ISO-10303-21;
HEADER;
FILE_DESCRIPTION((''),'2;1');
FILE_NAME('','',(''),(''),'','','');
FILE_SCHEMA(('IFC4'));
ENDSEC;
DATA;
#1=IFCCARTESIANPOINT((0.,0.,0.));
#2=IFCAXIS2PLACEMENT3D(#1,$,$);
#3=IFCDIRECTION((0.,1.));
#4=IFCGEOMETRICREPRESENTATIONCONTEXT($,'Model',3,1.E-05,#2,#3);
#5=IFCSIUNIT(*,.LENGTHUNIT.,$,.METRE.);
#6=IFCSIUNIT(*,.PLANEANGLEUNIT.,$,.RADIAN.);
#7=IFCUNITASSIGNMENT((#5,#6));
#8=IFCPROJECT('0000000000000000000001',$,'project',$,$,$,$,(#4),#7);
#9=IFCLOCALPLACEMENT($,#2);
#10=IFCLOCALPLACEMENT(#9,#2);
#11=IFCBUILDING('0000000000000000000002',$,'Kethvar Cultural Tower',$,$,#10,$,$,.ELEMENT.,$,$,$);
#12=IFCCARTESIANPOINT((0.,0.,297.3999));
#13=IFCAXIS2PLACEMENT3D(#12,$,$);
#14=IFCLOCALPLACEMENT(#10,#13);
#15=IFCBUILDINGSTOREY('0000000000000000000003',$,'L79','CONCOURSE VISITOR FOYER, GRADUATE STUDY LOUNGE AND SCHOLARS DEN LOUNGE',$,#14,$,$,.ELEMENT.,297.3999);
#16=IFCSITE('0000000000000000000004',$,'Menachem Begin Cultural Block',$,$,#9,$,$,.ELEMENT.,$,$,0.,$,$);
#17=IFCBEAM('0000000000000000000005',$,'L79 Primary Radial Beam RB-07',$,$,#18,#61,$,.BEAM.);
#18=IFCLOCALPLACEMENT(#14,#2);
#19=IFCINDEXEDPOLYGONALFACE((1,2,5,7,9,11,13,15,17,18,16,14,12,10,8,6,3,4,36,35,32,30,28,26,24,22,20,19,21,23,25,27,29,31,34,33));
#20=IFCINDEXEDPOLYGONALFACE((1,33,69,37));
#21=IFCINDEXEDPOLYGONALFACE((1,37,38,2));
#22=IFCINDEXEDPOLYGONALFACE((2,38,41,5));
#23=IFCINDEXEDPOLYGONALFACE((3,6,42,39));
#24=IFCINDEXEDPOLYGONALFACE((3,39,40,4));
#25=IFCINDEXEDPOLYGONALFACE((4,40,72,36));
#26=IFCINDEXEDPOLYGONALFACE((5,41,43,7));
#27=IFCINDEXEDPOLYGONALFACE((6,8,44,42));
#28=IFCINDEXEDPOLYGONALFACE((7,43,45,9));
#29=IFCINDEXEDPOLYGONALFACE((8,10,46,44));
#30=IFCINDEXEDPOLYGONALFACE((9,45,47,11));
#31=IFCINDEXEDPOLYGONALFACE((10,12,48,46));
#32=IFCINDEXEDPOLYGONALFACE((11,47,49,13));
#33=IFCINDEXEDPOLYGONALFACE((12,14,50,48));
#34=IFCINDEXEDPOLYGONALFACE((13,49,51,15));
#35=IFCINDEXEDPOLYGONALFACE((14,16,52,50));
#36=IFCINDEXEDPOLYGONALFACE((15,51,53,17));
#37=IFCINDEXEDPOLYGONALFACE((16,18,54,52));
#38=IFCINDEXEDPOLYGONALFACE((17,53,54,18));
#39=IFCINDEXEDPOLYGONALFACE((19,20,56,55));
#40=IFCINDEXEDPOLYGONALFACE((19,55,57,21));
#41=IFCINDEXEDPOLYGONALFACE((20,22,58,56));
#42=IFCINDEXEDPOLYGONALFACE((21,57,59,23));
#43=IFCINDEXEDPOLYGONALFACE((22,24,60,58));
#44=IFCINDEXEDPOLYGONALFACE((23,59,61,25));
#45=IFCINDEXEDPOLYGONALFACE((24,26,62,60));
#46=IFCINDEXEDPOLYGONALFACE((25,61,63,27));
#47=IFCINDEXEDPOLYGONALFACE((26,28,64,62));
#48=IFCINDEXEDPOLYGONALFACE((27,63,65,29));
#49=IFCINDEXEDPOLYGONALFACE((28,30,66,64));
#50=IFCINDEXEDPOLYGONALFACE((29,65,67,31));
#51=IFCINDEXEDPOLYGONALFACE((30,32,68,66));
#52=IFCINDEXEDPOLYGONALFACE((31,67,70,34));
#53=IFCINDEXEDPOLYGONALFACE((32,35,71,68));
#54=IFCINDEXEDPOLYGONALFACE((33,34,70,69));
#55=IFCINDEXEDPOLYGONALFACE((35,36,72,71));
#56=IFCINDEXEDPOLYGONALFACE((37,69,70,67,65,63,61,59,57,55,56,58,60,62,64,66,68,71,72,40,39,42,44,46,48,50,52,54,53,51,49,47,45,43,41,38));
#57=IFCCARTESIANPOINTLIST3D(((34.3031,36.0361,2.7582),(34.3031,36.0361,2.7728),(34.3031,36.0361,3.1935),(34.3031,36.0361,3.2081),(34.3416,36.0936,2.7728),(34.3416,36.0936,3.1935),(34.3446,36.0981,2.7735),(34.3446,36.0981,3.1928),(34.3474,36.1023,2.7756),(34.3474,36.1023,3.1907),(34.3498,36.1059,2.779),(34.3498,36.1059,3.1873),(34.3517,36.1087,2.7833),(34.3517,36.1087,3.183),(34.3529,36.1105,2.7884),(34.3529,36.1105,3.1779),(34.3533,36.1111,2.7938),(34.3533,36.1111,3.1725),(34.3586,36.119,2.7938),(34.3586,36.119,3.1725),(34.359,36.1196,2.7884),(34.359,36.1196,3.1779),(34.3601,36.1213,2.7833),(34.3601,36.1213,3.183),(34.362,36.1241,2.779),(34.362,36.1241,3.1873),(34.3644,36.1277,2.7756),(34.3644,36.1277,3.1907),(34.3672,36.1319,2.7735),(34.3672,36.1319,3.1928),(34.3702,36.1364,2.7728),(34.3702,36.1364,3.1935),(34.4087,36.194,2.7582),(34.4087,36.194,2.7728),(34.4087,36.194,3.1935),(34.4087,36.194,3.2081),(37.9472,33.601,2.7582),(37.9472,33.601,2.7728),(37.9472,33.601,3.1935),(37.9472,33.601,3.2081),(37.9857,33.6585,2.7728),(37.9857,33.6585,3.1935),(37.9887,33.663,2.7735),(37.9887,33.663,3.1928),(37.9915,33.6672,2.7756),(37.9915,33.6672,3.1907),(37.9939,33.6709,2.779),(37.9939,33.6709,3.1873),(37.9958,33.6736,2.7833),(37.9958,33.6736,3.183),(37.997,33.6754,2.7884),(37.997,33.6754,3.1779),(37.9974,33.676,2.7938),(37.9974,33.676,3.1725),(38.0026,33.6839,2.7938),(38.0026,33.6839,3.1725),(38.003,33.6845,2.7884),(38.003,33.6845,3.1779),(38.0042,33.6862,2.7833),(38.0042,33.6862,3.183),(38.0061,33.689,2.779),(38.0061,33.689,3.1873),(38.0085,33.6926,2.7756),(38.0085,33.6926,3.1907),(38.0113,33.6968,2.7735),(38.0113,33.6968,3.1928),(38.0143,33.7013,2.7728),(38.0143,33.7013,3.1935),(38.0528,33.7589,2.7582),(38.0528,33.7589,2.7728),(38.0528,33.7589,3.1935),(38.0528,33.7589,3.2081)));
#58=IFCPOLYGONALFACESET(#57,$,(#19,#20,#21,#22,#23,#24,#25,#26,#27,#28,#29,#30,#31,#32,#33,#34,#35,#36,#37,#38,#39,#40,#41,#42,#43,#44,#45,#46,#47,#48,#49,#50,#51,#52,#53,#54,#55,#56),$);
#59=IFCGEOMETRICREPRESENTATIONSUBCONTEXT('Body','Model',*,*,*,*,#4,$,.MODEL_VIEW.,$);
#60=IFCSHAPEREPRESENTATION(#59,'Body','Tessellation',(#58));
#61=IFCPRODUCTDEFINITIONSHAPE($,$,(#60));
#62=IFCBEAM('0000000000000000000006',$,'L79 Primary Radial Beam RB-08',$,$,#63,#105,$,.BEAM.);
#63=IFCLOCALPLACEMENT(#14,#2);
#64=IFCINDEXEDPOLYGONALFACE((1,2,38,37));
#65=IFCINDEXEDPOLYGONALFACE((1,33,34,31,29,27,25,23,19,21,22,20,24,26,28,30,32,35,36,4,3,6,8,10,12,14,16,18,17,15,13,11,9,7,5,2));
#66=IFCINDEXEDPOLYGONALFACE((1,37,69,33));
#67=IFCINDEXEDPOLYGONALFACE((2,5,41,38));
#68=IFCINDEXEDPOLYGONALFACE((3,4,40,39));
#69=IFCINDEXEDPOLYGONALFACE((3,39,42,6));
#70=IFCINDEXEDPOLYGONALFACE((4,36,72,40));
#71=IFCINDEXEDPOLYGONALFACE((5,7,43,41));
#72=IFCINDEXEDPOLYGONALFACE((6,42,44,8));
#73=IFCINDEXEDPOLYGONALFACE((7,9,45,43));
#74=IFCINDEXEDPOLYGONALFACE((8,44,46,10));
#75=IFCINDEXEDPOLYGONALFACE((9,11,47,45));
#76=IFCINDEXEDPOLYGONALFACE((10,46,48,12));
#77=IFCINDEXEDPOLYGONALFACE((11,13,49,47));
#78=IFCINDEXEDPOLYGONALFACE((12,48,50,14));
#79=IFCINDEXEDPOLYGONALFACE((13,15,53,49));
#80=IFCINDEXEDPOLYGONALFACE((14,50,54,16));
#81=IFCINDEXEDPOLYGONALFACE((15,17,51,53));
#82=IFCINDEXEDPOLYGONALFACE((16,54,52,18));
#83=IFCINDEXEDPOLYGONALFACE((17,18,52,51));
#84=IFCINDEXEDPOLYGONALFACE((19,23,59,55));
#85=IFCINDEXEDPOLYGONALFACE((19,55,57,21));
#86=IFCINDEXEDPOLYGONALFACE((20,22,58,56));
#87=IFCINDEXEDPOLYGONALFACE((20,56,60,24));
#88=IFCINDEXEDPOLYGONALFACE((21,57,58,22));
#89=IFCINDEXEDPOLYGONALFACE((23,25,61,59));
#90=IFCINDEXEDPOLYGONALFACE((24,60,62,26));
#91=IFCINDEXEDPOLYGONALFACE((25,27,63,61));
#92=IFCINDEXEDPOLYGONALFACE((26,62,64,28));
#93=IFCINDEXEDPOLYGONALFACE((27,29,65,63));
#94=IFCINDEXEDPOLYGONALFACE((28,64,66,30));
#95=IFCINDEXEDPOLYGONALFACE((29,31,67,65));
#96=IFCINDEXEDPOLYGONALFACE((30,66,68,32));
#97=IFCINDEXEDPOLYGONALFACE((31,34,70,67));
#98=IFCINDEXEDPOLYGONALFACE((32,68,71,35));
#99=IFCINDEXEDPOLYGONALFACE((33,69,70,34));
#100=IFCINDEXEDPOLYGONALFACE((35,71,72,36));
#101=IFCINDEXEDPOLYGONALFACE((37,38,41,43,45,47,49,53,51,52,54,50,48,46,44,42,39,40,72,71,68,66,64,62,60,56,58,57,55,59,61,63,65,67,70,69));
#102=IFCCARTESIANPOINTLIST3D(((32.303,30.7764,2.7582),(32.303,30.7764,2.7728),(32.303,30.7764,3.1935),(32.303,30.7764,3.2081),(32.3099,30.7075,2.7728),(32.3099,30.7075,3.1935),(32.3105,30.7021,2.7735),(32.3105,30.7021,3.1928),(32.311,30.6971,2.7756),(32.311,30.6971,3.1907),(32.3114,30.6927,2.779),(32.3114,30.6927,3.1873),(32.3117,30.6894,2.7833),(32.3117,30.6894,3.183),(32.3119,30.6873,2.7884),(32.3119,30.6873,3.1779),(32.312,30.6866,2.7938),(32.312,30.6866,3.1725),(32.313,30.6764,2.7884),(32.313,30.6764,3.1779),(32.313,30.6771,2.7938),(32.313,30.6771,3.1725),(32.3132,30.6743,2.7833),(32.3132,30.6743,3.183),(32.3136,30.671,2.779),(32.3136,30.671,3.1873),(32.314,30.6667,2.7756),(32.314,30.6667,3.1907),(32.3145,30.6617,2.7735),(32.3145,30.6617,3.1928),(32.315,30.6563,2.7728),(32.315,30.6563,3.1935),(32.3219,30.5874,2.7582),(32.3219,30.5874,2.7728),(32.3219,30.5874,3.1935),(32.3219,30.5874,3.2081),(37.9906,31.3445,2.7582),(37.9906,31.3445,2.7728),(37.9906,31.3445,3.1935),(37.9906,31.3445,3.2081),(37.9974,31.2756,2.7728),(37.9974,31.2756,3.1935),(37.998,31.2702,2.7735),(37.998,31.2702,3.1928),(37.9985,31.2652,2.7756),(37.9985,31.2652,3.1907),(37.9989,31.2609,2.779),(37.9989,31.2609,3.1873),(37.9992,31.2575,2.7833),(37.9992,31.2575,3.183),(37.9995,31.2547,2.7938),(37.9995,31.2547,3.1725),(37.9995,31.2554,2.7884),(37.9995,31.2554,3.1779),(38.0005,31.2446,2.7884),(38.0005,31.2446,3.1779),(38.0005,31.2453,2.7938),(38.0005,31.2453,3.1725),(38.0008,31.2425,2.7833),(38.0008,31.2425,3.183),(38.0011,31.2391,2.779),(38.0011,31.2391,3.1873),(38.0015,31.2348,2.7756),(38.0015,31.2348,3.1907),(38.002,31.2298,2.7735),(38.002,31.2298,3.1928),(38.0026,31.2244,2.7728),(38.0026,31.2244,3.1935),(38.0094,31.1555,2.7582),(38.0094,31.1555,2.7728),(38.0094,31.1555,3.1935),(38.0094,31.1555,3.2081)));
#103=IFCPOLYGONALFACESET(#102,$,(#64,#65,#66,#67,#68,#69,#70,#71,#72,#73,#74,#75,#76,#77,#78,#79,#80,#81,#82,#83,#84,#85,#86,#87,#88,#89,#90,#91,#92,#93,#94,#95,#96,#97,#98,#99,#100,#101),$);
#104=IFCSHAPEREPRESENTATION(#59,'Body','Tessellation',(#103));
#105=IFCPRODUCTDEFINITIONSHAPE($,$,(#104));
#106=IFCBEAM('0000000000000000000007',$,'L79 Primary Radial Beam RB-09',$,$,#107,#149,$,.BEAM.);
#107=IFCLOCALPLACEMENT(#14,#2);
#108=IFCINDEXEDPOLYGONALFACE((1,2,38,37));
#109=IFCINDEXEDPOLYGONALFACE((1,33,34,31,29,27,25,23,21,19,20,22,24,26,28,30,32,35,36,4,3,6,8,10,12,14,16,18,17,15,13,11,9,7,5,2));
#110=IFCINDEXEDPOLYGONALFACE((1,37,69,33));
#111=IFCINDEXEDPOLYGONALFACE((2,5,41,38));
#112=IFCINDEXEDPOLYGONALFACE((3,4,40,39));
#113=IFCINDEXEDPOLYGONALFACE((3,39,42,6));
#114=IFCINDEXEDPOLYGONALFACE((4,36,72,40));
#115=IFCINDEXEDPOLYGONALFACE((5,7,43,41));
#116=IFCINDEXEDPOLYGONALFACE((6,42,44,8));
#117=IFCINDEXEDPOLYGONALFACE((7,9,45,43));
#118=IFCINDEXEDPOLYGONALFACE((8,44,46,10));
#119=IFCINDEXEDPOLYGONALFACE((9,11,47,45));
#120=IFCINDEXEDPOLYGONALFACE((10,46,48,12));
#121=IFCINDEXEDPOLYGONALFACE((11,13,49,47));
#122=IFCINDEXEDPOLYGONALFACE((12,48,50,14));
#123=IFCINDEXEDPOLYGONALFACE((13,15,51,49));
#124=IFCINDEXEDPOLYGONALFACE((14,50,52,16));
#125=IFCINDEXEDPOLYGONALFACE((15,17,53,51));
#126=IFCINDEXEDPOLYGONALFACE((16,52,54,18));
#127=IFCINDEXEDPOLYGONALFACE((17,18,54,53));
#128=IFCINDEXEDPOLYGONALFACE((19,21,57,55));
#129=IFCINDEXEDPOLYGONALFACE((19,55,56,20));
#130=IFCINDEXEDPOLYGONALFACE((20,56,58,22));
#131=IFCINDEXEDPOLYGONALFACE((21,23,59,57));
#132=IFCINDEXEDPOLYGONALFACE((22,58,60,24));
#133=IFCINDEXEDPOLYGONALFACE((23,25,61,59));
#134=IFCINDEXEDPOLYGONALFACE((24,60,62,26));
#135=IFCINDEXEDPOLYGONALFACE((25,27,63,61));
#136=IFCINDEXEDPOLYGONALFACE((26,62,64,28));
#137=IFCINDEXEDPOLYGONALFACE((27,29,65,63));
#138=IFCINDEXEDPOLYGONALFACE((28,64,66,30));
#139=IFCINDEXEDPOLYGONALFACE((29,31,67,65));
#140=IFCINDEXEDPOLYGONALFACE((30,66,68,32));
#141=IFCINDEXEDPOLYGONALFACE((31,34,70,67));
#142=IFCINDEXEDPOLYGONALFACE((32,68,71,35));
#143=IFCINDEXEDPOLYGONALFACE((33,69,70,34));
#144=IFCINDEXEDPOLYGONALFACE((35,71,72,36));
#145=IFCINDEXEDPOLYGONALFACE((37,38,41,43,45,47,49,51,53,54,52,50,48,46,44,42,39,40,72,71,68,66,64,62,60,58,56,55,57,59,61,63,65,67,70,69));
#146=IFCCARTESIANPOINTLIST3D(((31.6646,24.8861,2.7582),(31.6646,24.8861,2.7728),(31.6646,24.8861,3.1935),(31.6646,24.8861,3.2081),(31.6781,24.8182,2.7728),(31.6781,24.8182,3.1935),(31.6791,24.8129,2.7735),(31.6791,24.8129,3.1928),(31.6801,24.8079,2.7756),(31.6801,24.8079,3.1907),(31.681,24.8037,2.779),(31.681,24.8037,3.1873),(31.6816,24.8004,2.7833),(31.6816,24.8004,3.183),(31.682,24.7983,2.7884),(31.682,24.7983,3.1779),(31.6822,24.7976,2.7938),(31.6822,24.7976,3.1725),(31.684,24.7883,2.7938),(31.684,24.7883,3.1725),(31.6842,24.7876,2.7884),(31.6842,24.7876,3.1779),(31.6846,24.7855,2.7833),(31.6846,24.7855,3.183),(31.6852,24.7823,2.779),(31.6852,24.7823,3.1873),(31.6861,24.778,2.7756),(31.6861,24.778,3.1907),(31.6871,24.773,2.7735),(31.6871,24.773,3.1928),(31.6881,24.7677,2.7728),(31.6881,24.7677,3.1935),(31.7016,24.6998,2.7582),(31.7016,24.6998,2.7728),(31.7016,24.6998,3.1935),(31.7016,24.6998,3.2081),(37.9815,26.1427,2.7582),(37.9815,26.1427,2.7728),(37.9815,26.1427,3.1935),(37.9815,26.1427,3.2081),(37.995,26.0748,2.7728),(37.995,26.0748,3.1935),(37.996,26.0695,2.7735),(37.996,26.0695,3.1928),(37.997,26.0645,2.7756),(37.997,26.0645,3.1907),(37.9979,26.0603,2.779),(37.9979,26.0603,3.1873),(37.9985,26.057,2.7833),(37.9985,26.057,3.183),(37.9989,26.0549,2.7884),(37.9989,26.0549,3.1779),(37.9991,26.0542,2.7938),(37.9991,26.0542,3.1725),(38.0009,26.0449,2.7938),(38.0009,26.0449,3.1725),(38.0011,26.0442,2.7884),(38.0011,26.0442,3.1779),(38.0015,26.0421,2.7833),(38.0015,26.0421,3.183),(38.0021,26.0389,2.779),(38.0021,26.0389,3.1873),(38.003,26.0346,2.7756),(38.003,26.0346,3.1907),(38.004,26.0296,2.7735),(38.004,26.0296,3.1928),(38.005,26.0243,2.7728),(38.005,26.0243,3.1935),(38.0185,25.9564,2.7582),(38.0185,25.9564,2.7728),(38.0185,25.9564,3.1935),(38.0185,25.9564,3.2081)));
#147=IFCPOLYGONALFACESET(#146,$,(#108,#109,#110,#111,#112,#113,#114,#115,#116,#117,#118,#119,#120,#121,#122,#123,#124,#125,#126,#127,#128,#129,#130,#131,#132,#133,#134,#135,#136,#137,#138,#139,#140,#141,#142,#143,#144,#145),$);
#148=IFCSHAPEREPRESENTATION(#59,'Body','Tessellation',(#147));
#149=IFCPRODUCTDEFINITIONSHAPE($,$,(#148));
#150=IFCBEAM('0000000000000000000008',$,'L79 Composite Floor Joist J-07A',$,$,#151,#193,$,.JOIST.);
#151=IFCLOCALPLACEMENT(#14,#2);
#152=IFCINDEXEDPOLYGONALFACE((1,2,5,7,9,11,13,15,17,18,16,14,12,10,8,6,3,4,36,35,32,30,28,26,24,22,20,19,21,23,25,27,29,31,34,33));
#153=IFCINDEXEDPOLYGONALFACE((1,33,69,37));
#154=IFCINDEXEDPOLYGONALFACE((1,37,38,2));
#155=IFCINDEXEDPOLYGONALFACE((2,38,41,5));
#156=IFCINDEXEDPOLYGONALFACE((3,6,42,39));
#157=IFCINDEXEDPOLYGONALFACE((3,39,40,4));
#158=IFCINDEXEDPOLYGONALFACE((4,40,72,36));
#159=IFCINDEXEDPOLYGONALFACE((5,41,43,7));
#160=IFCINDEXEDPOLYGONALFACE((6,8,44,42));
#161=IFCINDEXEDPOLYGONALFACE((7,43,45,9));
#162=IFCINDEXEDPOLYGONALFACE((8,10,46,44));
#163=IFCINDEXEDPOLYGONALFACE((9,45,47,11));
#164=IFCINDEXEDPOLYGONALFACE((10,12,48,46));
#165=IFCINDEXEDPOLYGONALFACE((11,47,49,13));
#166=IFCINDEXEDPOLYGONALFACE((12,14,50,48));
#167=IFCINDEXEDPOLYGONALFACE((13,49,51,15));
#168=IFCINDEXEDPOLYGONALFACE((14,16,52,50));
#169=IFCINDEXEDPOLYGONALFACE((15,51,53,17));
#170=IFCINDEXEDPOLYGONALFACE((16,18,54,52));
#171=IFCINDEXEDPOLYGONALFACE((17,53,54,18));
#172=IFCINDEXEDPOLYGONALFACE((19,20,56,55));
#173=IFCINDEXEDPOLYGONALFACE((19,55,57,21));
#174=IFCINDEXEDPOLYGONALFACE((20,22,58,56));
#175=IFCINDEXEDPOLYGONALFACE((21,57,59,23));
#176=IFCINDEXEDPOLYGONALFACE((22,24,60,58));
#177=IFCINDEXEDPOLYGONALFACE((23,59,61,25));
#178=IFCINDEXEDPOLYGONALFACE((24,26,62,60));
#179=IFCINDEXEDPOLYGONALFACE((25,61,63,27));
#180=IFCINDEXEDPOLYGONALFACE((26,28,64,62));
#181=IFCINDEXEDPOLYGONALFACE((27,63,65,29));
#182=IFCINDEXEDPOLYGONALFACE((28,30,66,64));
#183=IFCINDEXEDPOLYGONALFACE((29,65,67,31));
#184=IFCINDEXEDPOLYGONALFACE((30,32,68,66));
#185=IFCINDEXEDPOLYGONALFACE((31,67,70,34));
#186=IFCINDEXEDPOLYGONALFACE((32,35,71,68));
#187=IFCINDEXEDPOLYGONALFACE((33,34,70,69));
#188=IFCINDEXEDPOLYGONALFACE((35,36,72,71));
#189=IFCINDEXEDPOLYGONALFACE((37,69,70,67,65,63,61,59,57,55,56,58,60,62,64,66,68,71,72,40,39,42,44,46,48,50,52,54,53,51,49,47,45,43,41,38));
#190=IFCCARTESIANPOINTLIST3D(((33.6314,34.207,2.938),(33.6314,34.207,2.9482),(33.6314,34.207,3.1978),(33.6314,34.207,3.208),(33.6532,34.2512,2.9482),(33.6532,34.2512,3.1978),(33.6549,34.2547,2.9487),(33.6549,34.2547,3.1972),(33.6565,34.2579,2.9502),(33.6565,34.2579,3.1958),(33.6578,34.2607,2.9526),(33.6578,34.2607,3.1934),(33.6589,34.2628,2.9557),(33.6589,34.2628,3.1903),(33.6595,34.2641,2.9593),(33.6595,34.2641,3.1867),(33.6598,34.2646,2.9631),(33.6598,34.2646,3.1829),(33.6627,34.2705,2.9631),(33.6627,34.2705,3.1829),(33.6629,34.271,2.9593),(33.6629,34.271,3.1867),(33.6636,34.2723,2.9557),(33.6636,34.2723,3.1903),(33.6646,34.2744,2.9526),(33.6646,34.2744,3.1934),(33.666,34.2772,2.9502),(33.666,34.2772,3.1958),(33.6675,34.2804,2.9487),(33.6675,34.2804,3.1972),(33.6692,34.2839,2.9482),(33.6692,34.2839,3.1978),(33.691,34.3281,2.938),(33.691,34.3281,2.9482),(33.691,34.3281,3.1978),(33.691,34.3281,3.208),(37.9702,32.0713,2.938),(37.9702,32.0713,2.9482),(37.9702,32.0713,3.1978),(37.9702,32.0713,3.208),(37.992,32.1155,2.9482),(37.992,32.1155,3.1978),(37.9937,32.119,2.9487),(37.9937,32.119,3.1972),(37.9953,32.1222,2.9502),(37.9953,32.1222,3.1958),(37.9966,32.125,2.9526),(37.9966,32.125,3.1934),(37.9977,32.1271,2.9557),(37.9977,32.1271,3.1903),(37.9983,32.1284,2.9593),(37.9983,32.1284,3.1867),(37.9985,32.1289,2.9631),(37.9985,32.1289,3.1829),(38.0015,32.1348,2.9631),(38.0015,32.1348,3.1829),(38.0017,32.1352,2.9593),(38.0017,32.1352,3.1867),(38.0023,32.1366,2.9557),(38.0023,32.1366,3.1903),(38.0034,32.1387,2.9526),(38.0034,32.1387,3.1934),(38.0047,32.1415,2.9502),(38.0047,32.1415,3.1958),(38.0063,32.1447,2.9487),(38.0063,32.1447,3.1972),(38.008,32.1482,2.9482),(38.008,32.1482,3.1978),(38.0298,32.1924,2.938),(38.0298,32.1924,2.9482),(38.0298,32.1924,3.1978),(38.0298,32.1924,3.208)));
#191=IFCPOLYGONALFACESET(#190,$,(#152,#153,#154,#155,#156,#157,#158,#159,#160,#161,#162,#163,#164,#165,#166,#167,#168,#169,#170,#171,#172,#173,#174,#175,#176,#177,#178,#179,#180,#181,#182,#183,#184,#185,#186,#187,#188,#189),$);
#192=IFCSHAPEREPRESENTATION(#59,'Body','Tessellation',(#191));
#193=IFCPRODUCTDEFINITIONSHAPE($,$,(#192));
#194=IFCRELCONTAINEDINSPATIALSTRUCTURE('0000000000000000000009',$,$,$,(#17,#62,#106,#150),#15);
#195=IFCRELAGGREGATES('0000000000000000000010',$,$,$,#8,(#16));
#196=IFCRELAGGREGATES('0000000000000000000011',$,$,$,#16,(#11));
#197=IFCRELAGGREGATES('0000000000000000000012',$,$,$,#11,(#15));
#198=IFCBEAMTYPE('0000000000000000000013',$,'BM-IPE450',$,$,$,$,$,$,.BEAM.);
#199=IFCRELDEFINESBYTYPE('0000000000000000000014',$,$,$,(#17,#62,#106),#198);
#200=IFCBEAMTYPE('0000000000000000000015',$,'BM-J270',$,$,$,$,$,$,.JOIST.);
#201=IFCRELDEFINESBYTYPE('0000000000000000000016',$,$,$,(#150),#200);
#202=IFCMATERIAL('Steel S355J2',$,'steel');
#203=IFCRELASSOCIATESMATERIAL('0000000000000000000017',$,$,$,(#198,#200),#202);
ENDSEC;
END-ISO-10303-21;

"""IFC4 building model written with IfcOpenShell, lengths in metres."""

from ifc_helpers import new_model, si_unit, direction, frame, origin, origin_2d, place, context, subcontext, project, spatial, i_section, extrude, source, transform, mapped, material, material_profile, profile_set, type_object, element, save


model = new_model("IFC4")

# Units and contexts
model_context = context("Model", 3, precision=1e-05, world=origin(), true_north=direction((0.0, 1.0)))
body_context = subcontext(model_context, "Body", "Model", "MODEL_VIEW")
ifc_project = project(units=[si_unit("LENGTHUNIT", "METRE"), si_unit("PLANEANGLEUNIT", "RADIAN")], contexts=[model_context])

# Site, building, storey
site_placement = place(None, origin())
site = spatial("IfcSite", under=ifc_project, at=site_placement, Name="Menachem Begin Cultural Block", CompositionType="ELEMENT", RefElevation=0.0)
building_placement = place(site_placement, origin())
building = spatial("IfcBuilding", under=site, at=building_placement, Name="Kethvar Cultural Tower", CompositionType="ELEMENT")
storey_placement = place(building_placement, frame((0.0, 0.0, 297.3999)))
storey = spatial("IfcBuildingStorey", under=building, at=storey_placement, Name="L79", Description="CONCOURSE VISITOR FOYER, GRADUATE STUDY LOUNGE AND SCHOLARS DEN LOUNGE", CompositionType="ELEMENT", Elevation=297.3999)

# Beams
ifc_material_1 = material(Name="Steel S355J2", Category="steel")
ifc_material_profile_1 = material_profile(ifc_material_1, i_section(OverallWidth=0.1899, OverallDepth=0.45, WebThickness=0.0095, FlangeThickness=0.0146, FilletRadius=0.021, at=origin_2d()), Name="Steel S355J2 — IPE450")
ifc_profile_set_1 = profile_set([ifc_material_profile_1], Name="Steel S355J2 — IPE450")
beam_type_1 = type_object("IfcBeamType", Name="BM-IPE450", PredefinedType="BEAM", material=ifc_profile_set_1)
shared_shape_1 = source(origin(), body_context, "Body", "SweptSolid", [
    extrude(i_section(OverallWidth=0.1899, OverallDepth=0.45, WebThickness=0.0095, FlangeThickness=0.0146, FilletRadius=0.021, at=origin_2d()), origin(), (0.0, 0.0, 1.0), 4.3828),
])
beam_1_placement = place(storey_placement, frame((38.0, 33.6799, 2.9832), z_axis=(-0.83145, 0.5556, 0.0), x_axis=(-0.5556, -0.83145, 0.0)))
element("IfcBeam", 1, at=beam_1_placement, inside=storey, type_object=beam_type_1, Name="L79 Primary Radial Beam RB-07", PredefinedType="BEAM", context=body_context, shape_type="MappedRepresentation", body=[
    mapped(shared_shape_1, transform((0.0, 0.0, 0.0), scale=1.0)),
])
shared_shape_2 = source(origin(), body_context, "Body", "SweptSolid", [
    extrude(i_section(OverallWidth=0.1899, OverallDepth=0.45, WebThickness=0.0095, FlangeThickness=0.0146, FilletRadius=0.021, at=origin_2d()), origin(), (0.0, 0.0, 1.0), 5.7158),
])
beam_2_placement = place(storey_placement, frame((38.0, 31.25, 2.9832), z_axis=(-0.995048, -0.099394, 0.0), x_axis=(0.099394, -0.995048, 0.0)))
element("IfcBeam", 2, at=beam_2_placement, inside=storey, type_object=beam_type_1, Name="L79 Primary Radial Beam RB-08", PredefinedType="BEAM", context=body_context, shape_type="MappedRepresentation", body=[
    mapped(shared_shape_2, transform((0.0, 0.0, 0.0), scale=1.0)),
])
shared_shape_3 = source(origin(), body_context, "Body", "SweptSolid", [
    extrude(i_section(OverallWidth=0.1899, OverallDepth=0.45, WebThickness=0.0095, FlangeThickness=0.0146, FilletRadius=0.021, at=origin_2d()), origin(), (0.0, 0.0, 1.0), 6.4407),
])
beam_3_placement = place(storey_placement, frame((38.0, 26.0496, 2.9832), z_axis=(-0.980783, -0.195103, 0.0), x_axis=(0.195103, -0.980783, 0.0)))
element("IfcBeam", 3, at=beam_3_placement, inside=storey, type_object=beam_type_1, Name="L79 Primary Radial Beam RB-09", PredefinedType="BEAM", context=body_context, shape_type="MappedRepresentation", body=[
    mapped(shared_shape_3, transform((0.0, 0.0, 0.0), scale=1.0)),
])
ifc_material_profile_2 = material_profile(ifc_material_1, i_section(OverallWidth=0.135, OverallDepth=0.27, WebThickness=0.0066, FlangeThickness=0.0103, FilletRadius=0.0149, at=origin_2d()), Name="Steel S355J2 — IPE270")
ifc_profile_set_2 = profile_set([ifc_material_profile_2], Name="Steel S355J2 — IPE270")
beam_type_2 = type_object("IfcBeamType", Name="BM-J270", PredefinedType="JOIST", material=ifc_profile_set_2)
shared_shape_4 = source(origin(), body_context, "Body", "SweptSolid", [
    extrude(i_section(OverallWidth=0.135, OverallDepth=0.27, WebThickness=0.0066, FlangeThickness=0.0103, FilletRadius=0.0149, at=origin_2d()), origin(), (0.0, 0.0, 1.0), 4.8359),
])
beam_4_placement = place(storey_placement, frame((38.0, 32.1318, 3.073), z_axis=(-0.897197, 0.441632, 0.0), x_axis=(-0.441632, -0.897197, 0.0)))
element("IfcBeam", 4, at=beam_4_placement, inside=storey, type_object=beam_type_2, Name="L79 Composite Floor Joist J-07A", PredefinedType="JOIST", context=body_context, shape_type="MappedRepresentation", body=[
    mapped(shared_shape_4, transform((0.0, 0.0, 0.0), scale=1.0)),
])

save(model, "model.ifc")
